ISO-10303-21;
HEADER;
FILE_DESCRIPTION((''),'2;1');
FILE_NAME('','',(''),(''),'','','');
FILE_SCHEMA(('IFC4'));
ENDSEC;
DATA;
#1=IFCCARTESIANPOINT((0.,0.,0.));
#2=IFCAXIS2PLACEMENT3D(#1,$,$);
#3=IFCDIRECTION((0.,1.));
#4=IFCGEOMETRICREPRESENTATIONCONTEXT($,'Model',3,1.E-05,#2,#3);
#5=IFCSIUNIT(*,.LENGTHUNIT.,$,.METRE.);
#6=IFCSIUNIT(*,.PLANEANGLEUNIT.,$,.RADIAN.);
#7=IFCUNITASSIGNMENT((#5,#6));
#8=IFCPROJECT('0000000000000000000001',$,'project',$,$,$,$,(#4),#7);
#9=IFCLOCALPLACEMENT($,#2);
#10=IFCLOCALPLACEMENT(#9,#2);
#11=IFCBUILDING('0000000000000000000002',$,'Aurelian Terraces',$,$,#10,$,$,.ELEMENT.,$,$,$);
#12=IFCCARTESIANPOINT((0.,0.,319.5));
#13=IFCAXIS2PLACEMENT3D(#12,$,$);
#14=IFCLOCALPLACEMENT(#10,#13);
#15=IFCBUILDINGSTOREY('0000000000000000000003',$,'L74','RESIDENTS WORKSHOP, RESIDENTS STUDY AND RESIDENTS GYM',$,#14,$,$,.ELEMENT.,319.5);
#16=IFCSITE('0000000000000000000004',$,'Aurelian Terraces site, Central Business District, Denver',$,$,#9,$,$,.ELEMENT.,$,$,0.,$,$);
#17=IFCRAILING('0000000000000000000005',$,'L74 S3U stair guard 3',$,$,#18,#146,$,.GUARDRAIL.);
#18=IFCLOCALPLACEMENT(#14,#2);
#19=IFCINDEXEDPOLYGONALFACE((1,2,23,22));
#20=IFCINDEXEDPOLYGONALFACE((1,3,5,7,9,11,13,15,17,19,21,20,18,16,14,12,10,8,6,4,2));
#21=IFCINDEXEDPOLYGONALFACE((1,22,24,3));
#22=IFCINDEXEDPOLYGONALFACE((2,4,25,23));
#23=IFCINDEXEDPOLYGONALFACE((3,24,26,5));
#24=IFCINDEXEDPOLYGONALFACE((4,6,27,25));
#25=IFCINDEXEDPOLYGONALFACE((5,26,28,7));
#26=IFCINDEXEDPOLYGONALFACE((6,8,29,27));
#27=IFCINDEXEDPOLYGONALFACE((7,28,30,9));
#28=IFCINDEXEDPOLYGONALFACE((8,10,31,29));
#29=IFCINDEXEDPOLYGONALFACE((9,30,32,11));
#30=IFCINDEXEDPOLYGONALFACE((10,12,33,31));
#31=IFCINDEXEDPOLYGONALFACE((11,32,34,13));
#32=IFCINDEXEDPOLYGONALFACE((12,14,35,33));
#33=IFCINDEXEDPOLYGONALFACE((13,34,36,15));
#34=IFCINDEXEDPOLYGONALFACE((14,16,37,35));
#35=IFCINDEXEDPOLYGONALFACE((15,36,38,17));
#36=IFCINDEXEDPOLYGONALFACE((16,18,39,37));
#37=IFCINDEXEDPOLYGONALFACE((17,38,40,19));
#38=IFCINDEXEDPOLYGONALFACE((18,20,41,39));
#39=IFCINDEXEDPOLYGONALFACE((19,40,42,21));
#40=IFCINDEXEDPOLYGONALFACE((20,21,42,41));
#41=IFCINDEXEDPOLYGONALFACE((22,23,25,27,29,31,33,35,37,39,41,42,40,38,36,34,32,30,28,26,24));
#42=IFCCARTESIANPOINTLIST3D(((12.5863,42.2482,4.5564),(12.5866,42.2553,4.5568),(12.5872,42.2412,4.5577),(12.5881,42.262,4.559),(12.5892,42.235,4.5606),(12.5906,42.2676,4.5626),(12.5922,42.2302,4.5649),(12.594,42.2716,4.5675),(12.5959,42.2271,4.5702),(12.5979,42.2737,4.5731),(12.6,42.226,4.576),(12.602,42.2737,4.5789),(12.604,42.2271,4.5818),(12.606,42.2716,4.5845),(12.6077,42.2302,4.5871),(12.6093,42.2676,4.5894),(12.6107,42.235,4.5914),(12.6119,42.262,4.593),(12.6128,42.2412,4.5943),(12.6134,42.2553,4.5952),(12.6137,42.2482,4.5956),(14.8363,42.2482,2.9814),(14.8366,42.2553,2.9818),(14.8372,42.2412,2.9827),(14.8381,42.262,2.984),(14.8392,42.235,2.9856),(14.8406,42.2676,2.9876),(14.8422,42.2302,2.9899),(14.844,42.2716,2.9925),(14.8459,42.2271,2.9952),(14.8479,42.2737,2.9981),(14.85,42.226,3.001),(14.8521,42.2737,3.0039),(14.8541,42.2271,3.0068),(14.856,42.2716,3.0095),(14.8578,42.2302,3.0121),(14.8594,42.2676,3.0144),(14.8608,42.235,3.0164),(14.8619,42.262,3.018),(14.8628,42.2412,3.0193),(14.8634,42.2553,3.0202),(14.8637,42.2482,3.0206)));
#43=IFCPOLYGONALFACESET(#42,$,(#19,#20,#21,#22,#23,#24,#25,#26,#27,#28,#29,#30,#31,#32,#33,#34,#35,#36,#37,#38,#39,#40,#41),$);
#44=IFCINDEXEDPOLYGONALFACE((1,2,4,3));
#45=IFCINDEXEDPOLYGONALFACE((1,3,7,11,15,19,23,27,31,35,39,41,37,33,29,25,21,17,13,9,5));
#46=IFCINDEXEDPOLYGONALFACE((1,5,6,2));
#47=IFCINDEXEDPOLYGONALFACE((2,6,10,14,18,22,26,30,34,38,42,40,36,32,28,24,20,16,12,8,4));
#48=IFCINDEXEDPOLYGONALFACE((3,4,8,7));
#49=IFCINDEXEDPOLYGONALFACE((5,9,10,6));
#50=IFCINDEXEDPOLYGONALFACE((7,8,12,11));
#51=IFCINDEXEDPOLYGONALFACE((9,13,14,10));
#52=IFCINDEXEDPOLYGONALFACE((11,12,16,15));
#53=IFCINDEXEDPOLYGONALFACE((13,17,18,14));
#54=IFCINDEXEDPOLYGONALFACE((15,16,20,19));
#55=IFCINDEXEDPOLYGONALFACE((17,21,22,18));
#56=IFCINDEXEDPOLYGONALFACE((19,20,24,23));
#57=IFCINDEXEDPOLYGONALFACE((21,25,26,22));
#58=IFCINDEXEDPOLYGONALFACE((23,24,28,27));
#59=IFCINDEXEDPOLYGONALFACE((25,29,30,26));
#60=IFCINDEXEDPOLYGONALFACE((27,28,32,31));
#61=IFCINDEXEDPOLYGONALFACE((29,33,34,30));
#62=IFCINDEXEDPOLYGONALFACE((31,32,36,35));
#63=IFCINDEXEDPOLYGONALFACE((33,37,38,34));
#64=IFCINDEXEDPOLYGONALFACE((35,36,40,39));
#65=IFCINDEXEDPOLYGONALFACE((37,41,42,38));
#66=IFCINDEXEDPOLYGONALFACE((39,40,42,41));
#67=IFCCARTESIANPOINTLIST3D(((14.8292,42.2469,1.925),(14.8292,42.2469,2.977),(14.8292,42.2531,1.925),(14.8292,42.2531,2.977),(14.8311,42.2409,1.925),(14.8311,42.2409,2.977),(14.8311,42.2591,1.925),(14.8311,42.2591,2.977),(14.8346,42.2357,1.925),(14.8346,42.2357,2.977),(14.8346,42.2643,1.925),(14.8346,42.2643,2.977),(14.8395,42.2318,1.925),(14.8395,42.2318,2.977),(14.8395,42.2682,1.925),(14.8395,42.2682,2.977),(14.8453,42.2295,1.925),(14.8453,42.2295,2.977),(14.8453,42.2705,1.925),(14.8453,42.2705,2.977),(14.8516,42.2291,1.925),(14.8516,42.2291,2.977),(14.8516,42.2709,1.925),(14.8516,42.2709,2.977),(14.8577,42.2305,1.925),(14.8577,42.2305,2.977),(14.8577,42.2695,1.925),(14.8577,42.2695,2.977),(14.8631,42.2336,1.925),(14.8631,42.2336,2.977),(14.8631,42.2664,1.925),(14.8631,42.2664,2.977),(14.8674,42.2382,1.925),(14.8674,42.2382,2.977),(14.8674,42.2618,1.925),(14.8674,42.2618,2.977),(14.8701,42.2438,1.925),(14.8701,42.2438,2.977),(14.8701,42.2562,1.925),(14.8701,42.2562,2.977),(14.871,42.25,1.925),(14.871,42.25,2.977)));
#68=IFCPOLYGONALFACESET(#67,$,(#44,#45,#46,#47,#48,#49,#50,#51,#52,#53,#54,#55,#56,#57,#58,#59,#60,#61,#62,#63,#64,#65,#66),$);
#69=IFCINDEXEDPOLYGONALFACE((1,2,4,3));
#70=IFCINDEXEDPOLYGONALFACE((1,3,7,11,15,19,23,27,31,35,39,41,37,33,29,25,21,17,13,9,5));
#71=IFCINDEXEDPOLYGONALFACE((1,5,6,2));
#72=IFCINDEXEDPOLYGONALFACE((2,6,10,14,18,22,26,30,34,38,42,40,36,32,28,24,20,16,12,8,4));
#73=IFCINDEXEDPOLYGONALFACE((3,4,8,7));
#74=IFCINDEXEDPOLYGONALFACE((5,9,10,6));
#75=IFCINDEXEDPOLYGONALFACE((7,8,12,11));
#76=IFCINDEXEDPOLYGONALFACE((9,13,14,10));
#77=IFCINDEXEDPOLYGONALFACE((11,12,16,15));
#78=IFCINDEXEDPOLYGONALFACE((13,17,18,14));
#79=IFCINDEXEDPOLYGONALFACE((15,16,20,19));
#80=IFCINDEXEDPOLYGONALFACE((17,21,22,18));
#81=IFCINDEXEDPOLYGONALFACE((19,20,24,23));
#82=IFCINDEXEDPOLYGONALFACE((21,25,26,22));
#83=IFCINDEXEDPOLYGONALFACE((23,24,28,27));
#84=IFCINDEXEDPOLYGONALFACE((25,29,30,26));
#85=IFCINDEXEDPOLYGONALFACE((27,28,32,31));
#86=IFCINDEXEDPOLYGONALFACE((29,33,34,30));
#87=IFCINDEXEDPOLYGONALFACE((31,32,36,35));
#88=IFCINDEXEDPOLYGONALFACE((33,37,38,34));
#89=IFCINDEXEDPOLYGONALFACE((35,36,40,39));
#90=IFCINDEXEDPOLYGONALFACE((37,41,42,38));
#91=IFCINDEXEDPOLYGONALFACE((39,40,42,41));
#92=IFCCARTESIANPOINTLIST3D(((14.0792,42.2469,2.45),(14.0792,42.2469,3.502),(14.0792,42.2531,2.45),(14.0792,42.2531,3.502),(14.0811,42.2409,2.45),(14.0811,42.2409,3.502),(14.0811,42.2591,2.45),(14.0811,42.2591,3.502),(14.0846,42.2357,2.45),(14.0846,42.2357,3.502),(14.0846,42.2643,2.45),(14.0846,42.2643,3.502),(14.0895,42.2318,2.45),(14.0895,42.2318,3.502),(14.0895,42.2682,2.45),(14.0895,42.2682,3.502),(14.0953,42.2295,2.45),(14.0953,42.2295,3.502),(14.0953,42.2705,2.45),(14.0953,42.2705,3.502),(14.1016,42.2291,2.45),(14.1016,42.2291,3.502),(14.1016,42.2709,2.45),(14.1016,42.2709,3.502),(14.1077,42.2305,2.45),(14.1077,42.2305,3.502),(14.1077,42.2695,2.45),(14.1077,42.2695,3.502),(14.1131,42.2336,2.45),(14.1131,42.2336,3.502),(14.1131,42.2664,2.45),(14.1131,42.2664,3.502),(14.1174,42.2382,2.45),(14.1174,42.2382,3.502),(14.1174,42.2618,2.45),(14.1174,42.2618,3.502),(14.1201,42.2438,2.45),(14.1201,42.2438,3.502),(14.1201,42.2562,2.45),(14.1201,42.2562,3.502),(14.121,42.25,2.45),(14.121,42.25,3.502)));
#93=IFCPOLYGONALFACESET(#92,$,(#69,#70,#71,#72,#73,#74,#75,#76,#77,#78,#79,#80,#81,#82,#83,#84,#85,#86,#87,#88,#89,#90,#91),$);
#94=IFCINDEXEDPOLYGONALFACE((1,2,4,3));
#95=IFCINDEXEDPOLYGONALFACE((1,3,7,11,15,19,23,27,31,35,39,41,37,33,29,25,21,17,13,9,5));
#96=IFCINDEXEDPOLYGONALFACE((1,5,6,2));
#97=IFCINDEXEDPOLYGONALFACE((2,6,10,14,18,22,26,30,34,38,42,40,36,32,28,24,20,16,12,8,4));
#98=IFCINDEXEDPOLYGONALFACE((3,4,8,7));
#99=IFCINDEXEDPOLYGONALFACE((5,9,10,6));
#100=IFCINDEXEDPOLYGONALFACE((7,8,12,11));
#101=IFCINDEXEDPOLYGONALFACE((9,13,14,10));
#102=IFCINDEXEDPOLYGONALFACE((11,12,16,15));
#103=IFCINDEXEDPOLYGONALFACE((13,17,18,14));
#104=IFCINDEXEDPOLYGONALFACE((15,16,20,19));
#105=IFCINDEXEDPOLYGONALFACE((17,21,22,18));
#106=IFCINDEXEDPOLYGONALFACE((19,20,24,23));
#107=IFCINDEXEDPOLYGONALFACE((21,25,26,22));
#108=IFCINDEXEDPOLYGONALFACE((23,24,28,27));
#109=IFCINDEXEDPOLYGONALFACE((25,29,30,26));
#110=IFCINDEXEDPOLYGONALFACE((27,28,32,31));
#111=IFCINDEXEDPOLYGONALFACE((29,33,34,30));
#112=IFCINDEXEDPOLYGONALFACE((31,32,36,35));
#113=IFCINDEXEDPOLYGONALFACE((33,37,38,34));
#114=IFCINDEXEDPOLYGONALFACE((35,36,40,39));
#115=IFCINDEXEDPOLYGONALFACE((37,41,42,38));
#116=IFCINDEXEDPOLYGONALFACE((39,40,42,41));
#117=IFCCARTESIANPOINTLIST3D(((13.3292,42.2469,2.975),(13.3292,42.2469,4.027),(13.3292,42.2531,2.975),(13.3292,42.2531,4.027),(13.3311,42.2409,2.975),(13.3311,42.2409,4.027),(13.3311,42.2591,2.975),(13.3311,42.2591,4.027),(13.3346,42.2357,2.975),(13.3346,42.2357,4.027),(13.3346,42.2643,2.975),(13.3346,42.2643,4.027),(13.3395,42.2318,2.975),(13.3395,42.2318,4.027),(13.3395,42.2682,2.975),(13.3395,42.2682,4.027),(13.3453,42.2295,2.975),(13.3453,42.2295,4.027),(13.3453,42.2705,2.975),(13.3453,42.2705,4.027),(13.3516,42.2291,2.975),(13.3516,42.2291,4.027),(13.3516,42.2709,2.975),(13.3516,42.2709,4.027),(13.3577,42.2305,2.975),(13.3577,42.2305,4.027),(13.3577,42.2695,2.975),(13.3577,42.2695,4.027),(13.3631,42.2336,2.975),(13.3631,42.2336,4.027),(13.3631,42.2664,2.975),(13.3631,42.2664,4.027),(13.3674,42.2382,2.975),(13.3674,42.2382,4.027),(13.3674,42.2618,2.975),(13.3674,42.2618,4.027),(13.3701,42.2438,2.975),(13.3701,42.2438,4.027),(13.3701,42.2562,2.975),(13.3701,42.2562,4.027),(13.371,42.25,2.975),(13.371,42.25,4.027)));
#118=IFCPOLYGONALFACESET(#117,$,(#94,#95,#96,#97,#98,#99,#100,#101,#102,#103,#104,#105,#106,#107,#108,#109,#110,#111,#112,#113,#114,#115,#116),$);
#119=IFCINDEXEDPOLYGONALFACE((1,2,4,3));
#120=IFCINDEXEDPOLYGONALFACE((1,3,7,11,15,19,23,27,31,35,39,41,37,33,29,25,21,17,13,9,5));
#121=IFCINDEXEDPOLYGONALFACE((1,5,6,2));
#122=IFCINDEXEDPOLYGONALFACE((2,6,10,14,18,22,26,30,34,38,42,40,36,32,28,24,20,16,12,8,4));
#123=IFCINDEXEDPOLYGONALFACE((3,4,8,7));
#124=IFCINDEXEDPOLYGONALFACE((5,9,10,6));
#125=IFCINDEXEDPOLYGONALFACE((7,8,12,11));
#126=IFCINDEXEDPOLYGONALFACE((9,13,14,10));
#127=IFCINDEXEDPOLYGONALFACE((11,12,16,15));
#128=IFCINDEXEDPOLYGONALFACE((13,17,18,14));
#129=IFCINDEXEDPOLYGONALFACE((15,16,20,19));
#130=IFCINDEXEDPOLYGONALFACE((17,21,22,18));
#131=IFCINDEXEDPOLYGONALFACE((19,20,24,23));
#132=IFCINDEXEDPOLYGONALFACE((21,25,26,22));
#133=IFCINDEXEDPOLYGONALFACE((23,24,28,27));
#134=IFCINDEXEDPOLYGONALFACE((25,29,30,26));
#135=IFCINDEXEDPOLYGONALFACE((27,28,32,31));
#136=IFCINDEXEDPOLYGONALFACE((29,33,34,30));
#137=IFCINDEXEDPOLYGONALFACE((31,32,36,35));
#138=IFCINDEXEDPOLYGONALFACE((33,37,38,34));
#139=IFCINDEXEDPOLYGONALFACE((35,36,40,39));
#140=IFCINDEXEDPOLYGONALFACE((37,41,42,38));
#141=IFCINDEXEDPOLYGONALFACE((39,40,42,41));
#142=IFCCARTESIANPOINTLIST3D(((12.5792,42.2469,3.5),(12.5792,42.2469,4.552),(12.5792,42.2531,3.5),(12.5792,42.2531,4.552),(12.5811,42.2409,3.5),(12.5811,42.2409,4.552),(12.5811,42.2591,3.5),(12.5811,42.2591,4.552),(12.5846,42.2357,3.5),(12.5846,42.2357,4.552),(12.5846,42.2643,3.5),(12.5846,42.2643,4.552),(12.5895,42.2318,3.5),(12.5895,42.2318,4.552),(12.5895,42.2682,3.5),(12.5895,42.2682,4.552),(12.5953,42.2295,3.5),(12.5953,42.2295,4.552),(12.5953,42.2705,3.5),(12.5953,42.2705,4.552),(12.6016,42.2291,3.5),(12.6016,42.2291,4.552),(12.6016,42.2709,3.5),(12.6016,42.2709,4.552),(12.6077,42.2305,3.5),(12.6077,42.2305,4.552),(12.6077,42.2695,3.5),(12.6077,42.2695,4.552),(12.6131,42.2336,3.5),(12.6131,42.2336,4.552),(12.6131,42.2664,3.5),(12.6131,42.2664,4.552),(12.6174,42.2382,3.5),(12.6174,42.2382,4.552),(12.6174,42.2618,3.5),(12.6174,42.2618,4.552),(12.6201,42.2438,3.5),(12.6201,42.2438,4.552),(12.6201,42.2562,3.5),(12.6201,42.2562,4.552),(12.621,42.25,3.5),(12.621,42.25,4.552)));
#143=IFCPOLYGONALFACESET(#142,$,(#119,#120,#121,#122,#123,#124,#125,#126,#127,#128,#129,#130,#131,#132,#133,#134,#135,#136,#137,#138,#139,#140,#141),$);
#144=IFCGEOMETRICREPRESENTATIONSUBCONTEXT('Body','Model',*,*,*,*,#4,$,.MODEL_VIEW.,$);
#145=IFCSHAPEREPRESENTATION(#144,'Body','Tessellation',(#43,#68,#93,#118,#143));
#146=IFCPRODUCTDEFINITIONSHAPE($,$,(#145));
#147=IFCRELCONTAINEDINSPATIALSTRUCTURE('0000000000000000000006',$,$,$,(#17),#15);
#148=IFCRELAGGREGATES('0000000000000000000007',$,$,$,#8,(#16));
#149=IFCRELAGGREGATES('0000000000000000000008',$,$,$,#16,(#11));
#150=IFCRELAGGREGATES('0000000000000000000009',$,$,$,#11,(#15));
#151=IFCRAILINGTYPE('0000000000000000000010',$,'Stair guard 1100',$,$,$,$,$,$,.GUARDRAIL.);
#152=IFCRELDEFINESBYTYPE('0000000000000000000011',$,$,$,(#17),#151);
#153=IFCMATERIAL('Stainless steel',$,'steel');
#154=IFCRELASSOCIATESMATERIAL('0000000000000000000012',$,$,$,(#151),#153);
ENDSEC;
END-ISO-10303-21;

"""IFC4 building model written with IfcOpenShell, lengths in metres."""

from ifc_helpers import new_model, si_unit, direction, frame, origin, origin_2d, place, context, subcontext, project, spatial, circle, extrude, source, transform, mapped, material, type_object, element, save


model = new_model("IFC4")

# Units and contexts
model_context = context("Model", 3, precision=1e-05, world=origin(), true_north=direction((0.0, 1.0)))
body_context = subcontext(model_context, "Body", "Model", "MODEL_VIEW")
ifc_project = project(units=[si_unit("LENGTHUNIT", "METRE"), si_unit("PLANEANGLEUNIT", "RADIAN")], contexts=[model_context])

# Site, building, storey
site_placement = place(None, origin())
site = spatial("IfcSite", under=ifc_project, at=site_placement, Name="Aurelian Terraces site, Central Business District, Denver", CompositionType="ELEMENT", RefElevation=0.0)
building_placement = place(site_placement, origin())
building = spatial("IfcBuilding", under=site, at=building_placement, Name="Aurelian Terraces", CompositionType="ELEMENT")
storey_placement = place(building_placement, frame((0.0, 0.0, 319.5)))
storey = spatial("IfcBuildingStorey", under=building, at=storey_placement, Name="L74", Description="RESIDENTS WORKSHOP, RESIDENTS STUDY AND RESIDENTS GYM", CompositionType="ELEMENT", Elevation=319.5)

# Railing
ifc_material_1 = material(Name="Stainless steel", Category="steel")
railing_type_1 = type_object("IfcRailingType", Name="Stair guard 1100", PredefinedType="GUARDRAIL", material=ifc_material_1)
shared_shape_1 = source(origin(), body_context, "Body", "SweptSolid", [
    extrude(circle(Radius=0.024, at=origin_2d()), frame((0.0, 0.0, 1.076), z_axis=(-0.819232, 0.0, 0.573462), x_axis=(0.0, -1.0, 0.0)), (0.0, 0.0, 1.0), 2.7465),
    extrude(circle(Radius=0.021, at=origin_2d()), origin(), (0.0, 0.0, 1.0), 1.052),
    extrude(circle(Radius=0.021, at=origin_2d()), frame((-0.75, 0.0, 0.525)), (0.0, 0.0, 1.0), 1.052),
    extrude(circle(Radius=0.021, at=origin_2d()), frame((-1.5, 0.0, 1.05)), (0.0, 0.0, 1.0), 1.052),
    extrude(circle(Radius=0.021, at=origin_2d()), frame((-2.25, 0.0, 1.575)), (0.0, 0.0, 1.0), 1.052),
])
railing_1_placement = place(storey_placement, frame((14.85, 42.25, 1.925)))
element("IfcRailing", 1, at=railing_1_placement, inside=storey, type_object=railing_type_1, Name="L74 S3U stair guard 3", PredefinedType="GUARDRAIL", context=body_context, shape_type="MappedRepresentation", body=[
    mapped(shared_shape_1, transform((0.0, 0.0, 0.0), scale=1.0)),
])

save(model, "model.ifc")
